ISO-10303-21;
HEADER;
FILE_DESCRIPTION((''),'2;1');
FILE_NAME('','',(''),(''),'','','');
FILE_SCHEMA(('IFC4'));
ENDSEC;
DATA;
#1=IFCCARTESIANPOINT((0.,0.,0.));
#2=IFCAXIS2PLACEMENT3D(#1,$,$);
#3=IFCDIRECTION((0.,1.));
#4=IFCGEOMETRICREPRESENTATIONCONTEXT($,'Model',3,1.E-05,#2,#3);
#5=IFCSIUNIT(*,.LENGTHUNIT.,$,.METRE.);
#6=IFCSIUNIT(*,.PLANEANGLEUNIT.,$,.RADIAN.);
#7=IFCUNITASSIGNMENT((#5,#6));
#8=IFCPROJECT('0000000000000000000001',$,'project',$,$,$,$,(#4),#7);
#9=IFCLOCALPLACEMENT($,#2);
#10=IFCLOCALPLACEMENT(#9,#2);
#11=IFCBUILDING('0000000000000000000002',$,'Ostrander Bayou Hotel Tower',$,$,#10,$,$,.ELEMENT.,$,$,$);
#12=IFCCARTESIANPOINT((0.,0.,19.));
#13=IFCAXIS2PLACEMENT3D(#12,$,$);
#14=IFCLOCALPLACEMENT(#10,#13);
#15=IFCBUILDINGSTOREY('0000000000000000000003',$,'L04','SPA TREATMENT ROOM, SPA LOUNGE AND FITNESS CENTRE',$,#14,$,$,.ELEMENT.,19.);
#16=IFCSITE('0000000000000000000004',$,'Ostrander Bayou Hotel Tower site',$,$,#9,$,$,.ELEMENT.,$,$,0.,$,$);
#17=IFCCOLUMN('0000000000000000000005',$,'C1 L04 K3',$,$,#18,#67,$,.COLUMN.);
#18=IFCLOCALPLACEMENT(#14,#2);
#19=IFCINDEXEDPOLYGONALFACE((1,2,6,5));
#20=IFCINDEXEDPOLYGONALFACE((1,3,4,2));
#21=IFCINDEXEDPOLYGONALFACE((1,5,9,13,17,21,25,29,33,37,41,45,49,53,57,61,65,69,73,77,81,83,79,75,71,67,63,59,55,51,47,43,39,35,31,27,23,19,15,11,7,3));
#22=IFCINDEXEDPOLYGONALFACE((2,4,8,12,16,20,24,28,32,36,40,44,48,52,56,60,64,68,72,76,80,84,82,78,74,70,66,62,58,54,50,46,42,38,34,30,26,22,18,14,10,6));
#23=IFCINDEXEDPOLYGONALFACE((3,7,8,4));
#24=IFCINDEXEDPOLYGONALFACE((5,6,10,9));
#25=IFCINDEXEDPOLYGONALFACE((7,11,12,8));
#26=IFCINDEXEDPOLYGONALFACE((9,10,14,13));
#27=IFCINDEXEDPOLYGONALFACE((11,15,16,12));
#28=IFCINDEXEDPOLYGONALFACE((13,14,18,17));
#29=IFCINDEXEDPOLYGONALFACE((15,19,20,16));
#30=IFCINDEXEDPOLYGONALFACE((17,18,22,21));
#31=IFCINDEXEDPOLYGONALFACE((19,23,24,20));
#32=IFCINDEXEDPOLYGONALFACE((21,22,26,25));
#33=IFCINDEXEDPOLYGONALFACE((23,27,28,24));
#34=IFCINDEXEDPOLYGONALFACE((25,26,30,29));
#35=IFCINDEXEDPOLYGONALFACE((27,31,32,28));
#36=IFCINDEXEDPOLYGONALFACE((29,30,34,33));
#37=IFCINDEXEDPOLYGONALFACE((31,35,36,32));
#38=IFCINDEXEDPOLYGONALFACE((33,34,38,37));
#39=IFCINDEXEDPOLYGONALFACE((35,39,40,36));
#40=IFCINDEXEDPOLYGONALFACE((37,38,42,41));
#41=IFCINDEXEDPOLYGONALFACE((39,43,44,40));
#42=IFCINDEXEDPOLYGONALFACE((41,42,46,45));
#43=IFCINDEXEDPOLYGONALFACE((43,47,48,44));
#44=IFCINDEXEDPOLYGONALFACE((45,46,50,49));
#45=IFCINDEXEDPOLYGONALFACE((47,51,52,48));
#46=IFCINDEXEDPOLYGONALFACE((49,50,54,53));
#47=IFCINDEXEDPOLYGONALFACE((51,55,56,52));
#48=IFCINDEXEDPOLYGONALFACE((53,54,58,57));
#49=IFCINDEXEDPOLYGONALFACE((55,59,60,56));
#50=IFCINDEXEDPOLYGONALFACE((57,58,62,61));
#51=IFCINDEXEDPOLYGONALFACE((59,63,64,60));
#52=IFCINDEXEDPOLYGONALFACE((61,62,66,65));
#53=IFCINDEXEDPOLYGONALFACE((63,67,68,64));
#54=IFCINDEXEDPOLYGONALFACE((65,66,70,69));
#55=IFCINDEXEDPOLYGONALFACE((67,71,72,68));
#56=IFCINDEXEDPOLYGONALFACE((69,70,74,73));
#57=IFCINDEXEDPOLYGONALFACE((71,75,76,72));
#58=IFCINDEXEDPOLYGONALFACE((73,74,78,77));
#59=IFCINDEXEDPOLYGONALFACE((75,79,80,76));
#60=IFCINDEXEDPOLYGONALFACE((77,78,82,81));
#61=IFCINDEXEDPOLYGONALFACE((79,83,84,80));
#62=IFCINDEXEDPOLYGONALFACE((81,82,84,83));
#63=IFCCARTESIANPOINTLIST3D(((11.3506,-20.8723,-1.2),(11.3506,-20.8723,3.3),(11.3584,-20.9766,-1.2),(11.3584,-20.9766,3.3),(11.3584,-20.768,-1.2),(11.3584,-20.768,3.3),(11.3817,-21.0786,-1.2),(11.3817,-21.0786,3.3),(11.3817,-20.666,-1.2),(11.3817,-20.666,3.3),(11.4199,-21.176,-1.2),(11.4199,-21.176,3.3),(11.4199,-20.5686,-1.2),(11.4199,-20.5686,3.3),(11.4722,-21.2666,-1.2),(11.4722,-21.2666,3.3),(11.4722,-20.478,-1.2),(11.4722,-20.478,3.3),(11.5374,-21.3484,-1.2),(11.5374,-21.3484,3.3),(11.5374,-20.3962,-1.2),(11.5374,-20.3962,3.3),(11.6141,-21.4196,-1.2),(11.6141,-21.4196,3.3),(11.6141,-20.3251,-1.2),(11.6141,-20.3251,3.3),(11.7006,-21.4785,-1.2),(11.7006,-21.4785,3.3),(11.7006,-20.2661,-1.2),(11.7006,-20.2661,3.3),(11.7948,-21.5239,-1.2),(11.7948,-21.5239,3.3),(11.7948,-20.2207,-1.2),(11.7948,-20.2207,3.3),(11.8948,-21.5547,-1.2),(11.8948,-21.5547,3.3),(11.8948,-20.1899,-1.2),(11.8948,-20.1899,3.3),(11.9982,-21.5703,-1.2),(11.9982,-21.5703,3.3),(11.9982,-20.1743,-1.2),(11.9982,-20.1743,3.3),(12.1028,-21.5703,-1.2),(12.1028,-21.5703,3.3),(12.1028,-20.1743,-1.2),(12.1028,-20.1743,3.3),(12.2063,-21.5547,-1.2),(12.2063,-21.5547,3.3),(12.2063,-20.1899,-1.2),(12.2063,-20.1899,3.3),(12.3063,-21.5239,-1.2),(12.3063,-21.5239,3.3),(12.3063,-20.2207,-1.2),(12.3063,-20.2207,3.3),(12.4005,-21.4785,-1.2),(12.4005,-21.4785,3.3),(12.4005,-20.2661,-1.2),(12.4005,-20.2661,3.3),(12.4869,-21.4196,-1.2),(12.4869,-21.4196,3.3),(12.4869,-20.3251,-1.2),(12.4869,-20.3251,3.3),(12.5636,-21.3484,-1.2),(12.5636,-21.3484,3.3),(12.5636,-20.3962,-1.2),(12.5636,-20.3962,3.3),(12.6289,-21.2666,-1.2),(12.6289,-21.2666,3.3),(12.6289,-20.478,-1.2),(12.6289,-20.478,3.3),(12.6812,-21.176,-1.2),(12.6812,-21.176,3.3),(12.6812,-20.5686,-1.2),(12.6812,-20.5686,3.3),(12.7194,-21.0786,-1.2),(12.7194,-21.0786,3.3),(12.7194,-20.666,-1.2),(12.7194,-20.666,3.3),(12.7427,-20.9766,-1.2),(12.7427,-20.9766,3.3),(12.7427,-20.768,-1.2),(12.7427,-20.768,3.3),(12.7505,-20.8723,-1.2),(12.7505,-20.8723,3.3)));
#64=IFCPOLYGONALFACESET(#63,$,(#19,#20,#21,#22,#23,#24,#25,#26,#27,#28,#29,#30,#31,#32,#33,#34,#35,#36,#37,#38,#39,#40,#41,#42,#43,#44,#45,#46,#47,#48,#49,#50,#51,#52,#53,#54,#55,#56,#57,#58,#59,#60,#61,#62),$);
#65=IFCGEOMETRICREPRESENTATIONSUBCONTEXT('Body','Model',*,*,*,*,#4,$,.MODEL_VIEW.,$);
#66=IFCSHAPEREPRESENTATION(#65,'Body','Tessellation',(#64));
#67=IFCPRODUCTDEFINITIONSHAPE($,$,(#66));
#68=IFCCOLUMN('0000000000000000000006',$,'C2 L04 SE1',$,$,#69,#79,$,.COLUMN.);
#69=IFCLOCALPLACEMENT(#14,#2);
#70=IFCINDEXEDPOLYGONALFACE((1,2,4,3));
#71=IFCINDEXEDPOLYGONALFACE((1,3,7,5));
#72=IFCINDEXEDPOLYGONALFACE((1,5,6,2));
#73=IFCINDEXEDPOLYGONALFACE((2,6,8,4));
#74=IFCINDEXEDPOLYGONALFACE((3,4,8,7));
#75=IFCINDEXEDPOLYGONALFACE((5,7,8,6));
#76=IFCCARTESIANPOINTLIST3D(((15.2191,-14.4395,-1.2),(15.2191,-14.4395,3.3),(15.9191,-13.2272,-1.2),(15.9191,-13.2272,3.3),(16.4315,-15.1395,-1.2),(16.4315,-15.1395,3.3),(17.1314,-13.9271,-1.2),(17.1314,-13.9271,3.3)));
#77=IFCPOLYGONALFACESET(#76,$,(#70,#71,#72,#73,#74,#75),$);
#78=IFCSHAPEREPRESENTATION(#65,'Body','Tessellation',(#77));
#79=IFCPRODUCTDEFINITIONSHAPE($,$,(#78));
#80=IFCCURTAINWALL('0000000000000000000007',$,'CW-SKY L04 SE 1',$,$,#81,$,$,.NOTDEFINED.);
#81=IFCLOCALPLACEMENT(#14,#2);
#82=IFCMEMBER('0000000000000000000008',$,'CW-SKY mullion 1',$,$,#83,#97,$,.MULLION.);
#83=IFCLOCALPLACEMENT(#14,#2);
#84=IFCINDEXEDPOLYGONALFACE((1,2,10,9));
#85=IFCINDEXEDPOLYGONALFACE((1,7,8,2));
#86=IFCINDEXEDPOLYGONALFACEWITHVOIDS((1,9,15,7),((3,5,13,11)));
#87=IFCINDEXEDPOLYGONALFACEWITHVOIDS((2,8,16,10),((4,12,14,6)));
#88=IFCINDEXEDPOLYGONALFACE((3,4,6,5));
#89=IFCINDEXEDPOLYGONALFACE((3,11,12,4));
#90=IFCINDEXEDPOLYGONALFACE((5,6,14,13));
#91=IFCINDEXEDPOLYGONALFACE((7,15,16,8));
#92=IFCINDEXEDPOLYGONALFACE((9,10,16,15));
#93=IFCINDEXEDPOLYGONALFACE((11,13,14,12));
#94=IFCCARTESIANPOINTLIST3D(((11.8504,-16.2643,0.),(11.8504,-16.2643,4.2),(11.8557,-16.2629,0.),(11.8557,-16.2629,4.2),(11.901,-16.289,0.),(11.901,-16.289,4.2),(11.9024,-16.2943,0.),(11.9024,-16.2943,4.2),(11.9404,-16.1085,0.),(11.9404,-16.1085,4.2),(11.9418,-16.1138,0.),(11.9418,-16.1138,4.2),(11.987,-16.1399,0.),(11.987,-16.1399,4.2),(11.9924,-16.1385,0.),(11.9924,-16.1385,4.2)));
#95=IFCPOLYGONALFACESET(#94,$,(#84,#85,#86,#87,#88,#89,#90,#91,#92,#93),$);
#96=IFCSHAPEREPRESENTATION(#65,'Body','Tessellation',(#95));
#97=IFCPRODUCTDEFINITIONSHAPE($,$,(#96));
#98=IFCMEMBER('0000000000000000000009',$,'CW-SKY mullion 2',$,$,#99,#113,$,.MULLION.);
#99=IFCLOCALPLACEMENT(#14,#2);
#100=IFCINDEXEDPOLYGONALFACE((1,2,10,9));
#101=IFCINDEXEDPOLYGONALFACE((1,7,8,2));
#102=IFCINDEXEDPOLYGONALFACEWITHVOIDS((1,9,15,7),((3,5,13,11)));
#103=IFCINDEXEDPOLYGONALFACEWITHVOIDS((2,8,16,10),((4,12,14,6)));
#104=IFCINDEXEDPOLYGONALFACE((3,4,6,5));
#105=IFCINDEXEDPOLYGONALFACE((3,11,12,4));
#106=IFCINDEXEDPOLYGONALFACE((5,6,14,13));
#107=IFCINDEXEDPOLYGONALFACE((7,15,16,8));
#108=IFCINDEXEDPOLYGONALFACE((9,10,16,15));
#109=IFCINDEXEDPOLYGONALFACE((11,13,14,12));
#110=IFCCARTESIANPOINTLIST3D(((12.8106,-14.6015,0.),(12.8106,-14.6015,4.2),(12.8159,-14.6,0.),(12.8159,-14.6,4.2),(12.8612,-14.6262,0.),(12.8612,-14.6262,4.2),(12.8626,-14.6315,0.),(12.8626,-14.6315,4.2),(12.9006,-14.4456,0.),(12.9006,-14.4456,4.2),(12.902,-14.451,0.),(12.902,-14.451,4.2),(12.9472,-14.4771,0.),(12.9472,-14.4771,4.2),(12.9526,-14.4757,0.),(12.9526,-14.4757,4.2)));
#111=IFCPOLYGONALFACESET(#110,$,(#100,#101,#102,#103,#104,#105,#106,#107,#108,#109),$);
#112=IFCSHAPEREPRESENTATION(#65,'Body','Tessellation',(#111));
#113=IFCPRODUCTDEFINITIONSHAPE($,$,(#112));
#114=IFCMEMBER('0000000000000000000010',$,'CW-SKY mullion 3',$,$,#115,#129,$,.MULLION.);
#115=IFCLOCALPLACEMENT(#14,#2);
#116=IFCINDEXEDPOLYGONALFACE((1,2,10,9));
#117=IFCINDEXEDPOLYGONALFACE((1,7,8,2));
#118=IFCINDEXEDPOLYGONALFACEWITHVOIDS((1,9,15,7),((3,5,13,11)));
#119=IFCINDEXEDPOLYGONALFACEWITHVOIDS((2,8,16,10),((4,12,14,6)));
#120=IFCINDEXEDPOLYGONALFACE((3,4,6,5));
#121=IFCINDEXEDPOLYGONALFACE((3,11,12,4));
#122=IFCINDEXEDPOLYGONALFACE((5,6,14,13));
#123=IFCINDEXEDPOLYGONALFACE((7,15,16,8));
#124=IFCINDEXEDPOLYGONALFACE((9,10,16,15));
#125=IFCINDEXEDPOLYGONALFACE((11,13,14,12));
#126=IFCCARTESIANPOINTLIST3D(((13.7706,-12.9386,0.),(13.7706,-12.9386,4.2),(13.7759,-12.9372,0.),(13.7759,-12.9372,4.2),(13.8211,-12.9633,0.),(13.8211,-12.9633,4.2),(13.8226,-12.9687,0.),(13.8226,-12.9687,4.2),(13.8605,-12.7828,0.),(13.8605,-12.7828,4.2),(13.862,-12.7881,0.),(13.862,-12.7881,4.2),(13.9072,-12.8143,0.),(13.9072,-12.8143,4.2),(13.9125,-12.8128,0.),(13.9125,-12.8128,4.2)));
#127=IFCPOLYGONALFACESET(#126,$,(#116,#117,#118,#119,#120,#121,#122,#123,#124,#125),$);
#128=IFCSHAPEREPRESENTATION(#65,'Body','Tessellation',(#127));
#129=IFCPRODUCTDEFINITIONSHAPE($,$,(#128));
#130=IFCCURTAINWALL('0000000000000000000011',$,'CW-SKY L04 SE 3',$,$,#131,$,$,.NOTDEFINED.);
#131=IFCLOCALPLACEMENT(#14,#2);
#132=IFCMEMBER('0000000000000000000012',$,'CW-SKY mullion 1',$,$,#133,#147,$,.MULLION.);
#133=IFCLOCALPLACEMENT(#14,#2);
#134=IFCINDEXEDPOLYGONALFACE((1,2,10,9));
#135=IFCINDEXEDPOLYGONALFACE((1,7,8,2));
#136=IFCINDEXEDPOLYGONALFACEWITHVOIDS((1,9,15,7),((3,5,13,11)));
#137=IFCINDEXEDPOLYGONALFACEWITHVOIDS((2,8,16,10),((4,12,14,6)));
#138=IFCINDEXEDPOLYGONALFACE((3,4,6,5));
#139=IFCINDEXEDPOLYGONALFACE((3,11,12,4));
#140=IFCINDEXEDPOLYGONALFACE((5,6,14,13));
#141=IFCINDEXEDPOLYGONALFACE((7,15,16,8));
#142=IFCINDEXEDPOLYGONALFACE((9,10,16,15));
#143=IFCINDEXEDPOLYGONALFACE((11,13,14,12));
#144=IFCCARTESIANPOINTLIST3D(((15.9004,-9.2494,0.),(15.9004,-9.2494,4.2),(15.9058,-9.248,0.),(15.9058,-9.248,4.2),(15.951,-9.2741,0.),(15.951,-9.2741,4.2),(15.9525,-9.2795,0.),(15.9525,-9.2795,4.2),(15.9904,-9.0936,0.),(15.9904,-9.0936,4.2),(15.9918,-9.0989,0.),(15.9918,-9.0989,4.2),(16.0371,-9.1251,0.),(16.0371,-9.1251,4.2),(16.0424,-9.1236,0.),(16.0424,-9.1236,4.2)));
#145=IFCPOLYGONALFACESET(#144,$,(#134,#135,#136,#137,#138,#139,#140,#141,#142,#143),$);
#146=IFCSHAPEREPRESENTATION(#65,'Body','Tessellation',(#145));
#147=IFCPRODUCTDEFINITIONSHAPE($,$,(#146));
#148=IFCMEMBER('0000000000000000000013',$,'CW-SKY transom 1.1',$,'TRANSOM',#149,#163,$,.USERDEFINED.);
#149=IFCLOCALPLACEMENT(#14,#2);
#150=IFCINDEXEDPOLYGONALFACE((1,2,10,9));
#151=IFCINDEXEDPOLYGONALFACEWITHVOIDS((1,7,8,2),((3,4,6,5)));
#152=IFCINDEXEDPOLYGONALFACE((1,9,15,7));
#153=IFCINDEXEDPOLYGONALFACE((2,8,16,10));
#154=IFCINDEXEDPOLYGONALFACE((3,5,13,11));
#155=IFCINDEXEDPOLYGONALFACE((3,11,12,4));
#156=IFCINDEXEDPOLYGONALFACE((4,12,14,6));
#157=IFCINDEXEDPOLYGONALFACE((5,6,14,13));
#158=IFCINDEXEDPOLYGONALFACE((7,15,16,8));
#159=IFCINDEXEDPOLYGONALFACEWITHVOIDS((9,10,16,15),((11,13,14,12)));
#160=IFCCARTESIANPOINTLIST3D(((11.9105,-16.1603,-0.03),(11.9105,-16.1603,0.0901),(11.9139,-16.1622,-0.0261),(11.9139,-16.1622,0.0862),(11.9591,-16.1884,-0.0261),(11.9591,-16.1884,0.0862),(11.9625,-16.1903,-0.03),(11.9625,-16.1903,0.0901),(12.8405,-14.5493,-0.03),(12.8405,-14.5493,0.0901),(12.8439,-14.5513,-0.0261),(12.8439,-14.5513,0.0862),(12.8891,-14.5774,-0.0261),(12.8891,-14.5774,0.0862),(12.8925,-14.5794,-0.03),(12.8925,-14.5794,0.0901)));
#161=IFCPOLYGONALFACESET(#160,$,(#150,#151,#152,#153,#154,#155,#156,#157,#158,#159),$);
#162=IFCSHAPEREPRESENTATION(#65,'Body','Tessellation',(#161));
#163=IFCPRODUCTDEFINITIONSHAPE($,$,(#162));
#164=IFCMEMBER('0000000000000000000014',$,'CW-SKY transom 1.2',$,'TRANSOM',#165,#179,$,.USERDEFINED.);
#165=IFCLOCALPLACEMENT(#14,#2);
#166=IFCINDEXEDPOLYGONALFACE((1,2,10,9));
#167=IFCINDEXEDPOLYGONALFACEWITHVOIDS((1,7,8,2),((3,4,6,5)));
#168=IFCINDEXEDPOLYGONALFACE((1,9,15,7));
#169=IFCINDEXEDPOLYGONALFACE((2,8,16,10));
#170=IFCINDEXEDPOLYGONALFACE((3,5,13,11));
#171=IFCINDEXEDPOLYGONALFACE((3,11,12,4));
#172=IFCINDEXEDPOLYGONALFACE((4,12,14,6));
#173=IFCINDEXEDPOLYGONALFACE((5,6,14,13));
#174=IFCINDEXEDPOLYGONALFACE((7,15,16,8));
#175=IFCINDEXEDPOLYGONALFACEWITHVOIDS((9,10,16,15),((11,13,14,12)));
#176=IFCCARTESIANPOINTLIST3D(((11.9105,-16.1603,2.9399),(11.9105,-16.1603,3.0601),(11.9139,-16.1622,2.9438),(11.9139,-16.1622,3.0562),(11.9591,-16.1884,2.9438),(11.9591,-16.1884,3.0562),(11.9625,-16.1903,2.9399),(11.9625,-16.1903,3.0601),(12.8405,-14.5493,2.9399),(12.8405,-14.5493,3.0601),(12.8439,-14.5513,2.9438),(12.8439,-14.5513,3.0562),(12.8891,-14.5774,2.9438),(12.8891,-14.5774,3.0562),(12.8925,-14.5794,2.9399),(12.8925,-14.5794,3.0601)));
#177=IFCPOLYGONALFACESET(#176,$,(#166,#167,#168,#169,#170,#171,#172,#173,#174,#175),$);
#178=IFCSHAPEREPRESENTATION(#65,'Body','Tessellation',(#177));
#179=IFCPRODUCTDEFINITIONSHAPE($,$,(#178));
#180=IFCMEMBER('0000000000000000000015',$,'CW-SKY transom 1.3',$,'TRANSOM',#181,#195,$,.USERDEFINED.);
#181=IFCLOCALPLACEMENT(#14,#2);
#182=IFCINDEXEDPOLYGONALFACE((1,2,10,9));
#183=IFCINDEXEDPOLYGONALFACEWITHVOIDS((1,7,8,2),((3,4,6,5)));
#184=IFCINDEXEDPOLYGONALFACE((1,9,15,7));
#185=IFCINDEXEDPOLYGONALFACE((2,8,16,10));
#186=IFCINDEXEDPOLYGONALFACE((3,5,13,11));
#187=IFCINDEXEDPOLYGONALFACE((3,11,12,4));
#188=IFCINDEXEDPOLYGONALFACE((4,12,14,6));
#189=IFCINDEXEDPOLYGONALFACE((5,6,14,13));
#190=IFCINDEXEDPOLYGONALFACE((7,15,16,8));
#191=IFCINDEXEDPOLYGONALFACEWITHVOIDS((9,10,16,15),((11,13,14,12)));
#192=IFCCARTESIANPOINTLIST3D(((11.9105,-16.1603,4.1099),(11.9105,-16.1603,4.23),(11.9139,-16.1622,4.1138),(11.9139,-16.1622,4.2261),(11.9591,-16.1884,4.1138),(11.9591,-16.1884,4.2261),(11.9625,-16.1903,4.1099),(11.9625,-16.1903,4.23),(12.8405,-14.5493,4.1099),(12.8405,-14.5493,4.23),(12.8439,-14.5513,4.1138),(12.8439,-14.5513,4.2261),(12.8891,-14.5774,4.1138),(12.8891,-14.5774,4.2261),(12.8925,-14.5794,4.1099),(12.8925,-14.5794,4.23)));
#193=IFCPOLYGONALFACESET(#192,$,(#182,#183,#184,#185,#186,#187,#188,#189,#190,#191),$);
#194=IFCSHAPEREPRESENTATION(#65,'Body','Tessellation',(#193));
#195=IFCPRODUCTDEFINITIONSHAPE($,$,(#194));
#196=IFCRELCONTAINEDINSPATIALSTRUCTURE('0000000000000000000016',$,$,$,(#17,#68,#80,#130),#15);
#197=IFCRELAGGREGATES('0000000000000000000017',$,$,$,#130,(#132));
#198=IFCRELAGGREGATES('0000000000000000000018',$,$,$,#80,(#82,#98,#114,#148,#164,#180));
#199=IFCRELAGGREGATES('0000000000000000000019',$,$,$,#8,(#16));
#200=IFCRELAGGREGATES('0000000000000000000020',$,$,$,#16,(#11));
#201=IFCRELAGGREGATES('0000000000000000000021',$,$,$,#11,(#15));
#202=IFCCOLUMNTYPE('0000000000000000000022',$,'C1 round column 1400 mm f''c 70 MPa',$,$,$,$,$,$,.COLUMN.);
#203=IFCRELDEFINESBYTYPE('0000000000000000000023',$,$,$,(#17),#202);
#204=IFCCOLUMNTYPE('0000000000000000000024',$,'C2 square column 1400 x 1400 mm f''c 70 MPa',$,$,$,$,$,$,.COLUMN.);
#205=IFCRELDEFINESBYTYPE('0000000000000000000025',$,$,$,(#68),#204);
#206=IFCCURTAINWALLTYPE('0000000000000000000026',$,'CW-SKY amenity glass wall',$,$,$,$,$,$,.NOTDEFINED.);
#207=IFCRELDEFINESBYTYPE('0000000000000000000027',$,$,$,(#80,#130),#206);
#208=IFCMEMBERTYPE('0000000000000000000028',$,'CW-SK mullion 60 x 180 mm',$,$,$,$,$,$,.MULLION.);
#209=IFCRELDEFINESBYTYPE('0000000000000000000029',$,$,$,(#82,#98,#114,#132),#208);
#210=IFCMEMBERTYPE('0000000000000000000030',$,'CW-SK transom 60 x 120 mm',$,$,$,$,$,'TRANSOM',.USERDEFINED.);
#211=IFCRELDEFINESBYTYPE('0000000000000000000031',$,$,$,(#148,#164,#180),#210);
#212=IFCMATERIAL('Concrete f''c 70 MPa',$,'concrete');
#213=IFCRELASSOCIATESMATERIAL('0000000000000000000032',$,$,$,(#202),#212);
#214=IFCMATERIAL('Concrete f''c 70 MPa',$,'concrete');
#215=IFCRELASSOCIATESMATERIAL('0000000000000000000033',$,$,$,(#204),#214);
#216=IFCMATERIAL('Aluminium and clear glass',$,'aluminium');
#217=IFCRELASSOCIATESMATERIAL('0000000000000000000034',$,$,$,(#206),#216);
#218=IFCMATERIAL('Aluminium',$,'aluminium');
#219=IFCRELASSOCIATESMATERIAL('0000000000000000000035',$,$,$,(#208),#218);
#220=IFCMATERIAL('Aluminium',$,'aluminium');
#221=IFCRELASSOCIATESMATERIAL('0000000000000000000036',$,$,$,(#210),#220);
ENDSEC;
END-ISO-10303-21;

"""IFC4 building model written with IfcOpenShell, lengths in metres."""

from ifc_helpers import new_model, si_unit, direction, frame, origin, origin_2d, place, context, subcontext, project, spatial, rectangle, hollow_rectangle, circle, extrude, material, material_profile, profile_set, type_object, element, aggregate, save


model = new_model("IFC4")

# Units and contexts
model_context = context("Model", 3, precision=1e-05, world=origin(), true_north=direction((0.0, 1.0)))
body_context = subcontext(model_context, "Body", "Model", "MODEL_VIEW")
ifc_project = project(units=[si_unit("LENGTHUNIT", "METRE"), si_unit("PLANEANGLEUNIT", "RADIAN")], contexts=[model_context])

# Site, building, storey
site_placement = place(None, origin())
site = spatial("IfcSite", under=ifc_project, at=site_placement, Name="Ostrander Bayou Hotel Tower site", CompositionType="ELEMENT", RefElevation=0.0)
building_placement = place(site_placement, origin())
building = spatial("IfcBuilding", under=site, at=building_placement, Name="Ostrander Bayou Hotel Tower", CompositionType="ELEMENT")
storey_placement = place(building_placement, frame((0.0, 0.0, 19.0)))
storey = spatial("IfcBuildingStorey", under=building, at=storey_placement, Name="L04", Description="SPA TREATMENT ROOM, SPA LOUNGE AND FITNESS CENTRE", CompositionType="ELEMENT", Elevation=19.0)

# Columns
ifc_material_1 = material(Name="Concrete f'c 70 MPa", Category="concrete")
ifc_material_profile_1 = material_profile(ifc_material_1, circle(Radius=0.7, at=origin_2d()))
ifc_profile_set_1 = profile_set([ifc_material_profile_1], Name="Concrete f'c 70 MPa")
column_type_1 = type_object("IfcColumnType", Name="C1 round column 1400 mm f'c 70 MPa", PredefinedType="COLUMN", material=ifc_profile_set_1)
column_1_placement = place(storey_placement, frame((12.0505, -20.8723, -1.2), z_axis=(0.0, 0.0, 1.0), x_axis=(1.0, 0.0, 0.0)))
element("IfcColumn", 1, at=column_1_placement, inside=storey, type_object=column_type_1, Name="C1 L04 K3", PredefinedType="COLUMN", context=body_context, shape_type="SweptSolid", body=[
    extrude(circle(Radius=0.7, at=origin_2d()), origin(), (0.0, 0.0, 1.0), 4.5),
])
ifc_material_2 = material(Name="Concrete f'c 70 MPa", Category="concrete")
ifc_material_profile_2 = material_profile(ifc_material_2, rectangle(XDim=1.3999, YDim=1.3999, at=origin_2d()))
ifc_profile_set_2 = profile_set([ifc_material_profile_2], Name="Concrete f'c 70 MPa")
column_type_2 = type_object("IfcColumnType", Name="C2 square column 1400 x 1400 mm f'c 70 MPa", PredefinedType="COLUMN", material=ifc_profile_set_2)
column_2_placement = place(storey_placement, frame((16.1753, -14.1833, -1.2), z_axis=(0.0, 0.0, 1.0), x_axis=(-0.5, -0.866025, 0.0)))
element("IfcColumn", 2, at=column_2_placement, inside=storey, type_object=column_type_2, Name="C2 L04 SE1", PredefinedType="COLUMN", context=body_context, shape_type="SweptSolid", body=[
    extrude(rectangle(XDim=1.3999, YDim=1.3999, at=origin_2d()), origin(), (0.0, 0.0, 1.0), 4.5),
])

# Curtain wall, members
ifc_material_3 = material(Name="Aluminium and clear glass", Category="aluminium")
curtain_wall_type = type_object("IfcCurtainWallType", Name="CW-SKY amenity glass wall", PredefinedType="NOTDEFINED", material=ifc_material_3)
curtain_wall_1_placement = place(storey_placement, origin())
curtain_wall_1 = element("IfcCurtainWall", 3, at=curtain_wall_1_placement, inside=storey, type_object=curtain_wall_type, Name="CW-SKY L04 SE 1", PredefinedType="NOTDEFINED")
ifc_material_4 = material(Name="Aluminium", Category="aluminium")
ifc_material_profile_3 = material_profile(ifc_material_4, hollow_rectangle(XDim=0.0601, YDim=0.1799, WallThickness=0.0039, at=origin_2d()))
ifc_profile_set_3 = profile_set([ifc_material_profile_3], Name="Aluminium")
member_type_1 = type_object("IfcMemberType", Name="CW-SK mullion 60 x 180 mm", PredefinedType="MULLION", material=ifc_profile_set_3)
member_1_placement = place(storey_placement, frame((11.9214, -16.2014, 0.0), z_axis=(0.0, 0.0, 1.0), x_axis=(-0.866025, 0.5, 0.0)))
member_1 = element("IfcMember", 4, at=member_1_placement, type_object=member_type_1, Name="CW-SKY mullion 1", PredefinedType="MULLION", context=body_context, shape_type="SweptSolid", body=[
    extrude(hollow_rectangle(XDim=0.0601, YDim=0.1799, WallThickness=0.0039, at=origin_2d()), origin(), (0.0, 0.0, 1.0), 4.2),
])
member_2_placement = place(storey_placement, frame((12.8816, -14.5386, 0.0), z_axis=(0.0, 0.0, 1.0), x_axis=(-0.866025, 0.5, 0.0)))
member_2 = element("IfcMember", 5, at=member_2_placement, type_object=member_type_1, Name="CW-SKY mullion 2", PredefinedType="MULLION", context=body_context, shape_type="SweptSolid", body=[
    extrude(hollow_rectangle(XDim=0.0601, YDim=0.1799, WallThickness=0.0039, at=origin_2d()), origin(), (0.0, 0.0, 1.0), 4.2),
])
member_3_placement = place(storey_placement, frame((13.8416, -12.8757, 0.0), z_axis=(0.0, 0.0, 1.0), x_axis=(-0.866025, 0.5, 0.0)))
member_3 = element("IfcMember", 6, at=member_3_placement, type_object=member_type_1, Name="CW-SKY mullion 3", PredefinedType="MULLION", context=body_context, shape_type="SweptSolid", body=[
    extrude(hollow_rectangle(XDim=0.0601, YDim=0.1799, WallThickness=0.0039, at=origin_2d()), origin(), (0.0, 0.0, 1.0), 4.2),
])

# Curtain wall, member
curtain_wall_2_placement = place(storey_placement, origin())
curtain_wall_2 = element("IfcCurtainWall", 7, at=curtain_wall_2_placement, inside=storey, type_object=curtain_wall_type, Name="CW-SKY L04 SE 3", PredefinedType="NOTDEFINED")
member_4_placement = place(storey_placement, frame((15.9714, -9.1865, 0.0), z_axis=(0.0, 0.0, 1.0), x_axis=(-0.866025, 0.5, 0.0)))
member_4 = element("IfcMember", 8, at=member_4_placement, type_object=member_type_1, Name="CW-SKY mullion 1", PredefinedType="MULLION", context=body_context, shape_type="SweptSolid", body=[
    extrude(hollow_rectangle(XDim=0.0601, YDim=0.1799, WallThickness=0.0039, at=origin_2d()), origin(), (0.0, 0.0, 1.0), 4.2),
])

# Members
ifc_material_5 = material(Name="Aluminium", Category="aluminium")
ifc_material_profile_4 = material_profile(ifc_material_5, hollow_rectangle(XDim=0.0601, YDim=0.1201, WallThickness=0.0039, at=origin_2d()))
ifc_profile_set_4 = profile_set([ifc_material_profile_4], Name="Aluminium")
member_type_2 = type_object("IfcMemberType", Name="CW-SK transom 60 x 120 mm", ElementType="TRANSOM", PredefinedType="USERDEFINED", material=ifc_profile_set_4)
member_5_placement = place(storey_placement, frame((11.9365, -16.1753, 0.03), z_axis=(0.499965, 0.866046, 0.0), x_axis=(-0.866046, 0.499965, 0.0)))
member_5 = element("IfcMember", 9, at=member_5_placement, type_object=member_type_2, Name="CW-SKY transom 1.1", ObjectType="TRANSOM", PredefinedType="USERDEFINED", context=body_context, shape_type="SweptSolid", body=[
    extrude(hollow_rectangle(XDim=0.0601, YDim=0.1201, WallThickness=0.0039, at=origin_2d()), origin(), (0.0, 0.0, 1.0), 1.8601),
])
member_6_placement = place(storey_placement, frame((11.9365, -16.1753, 3.0), z_axis=(0.499965, 0.866046, 0.0), x_axis=(-0.866046, 0.499965, 0.0)))
member_6 = element("IfcMember", 10, at=member_6_placement, type_object=member_type_2, Name="CW-SKY transom 1.2", ObjectType="TRANSOM", PredefinedType="USERDEFINED", context=body_context, shape_type="SweptSolid", body=[
    extrude(hollow_rectangle(XDim=0.0601, YDim=0.1201, WallThickness=0.0039, at=origin_2d()), origin(), (0.0, 0.0, 1.0), 1.8601),
])
member_7_placement = place(storey_placement, frame((11.9365, -16.1753, 4.1699), z_axis=(0.499965, 0.866046, 0.0), x_axis=(-0.866046, 0.499965, 0.0)))
member_7 = element("IfcMember", 11, at=member_7_placement, type_object=member_type_2, Name="CW-SKY transom 1.3", ObjectType="TRANSOM", PredefinedType="USERDEFINED", context=body_context, shape_type="SweptSolid", body=[
    extrude(hollow_rectangle(XDim=0.0601, YDim=0.1201, WallThickness=0.0039, at=origin_2d()), origin(), (0.0, 0.0, 1.0), 1.8601),
])
aggregate(curtain_wall_2, [member_4])

aggregate(curtain_wall_1, [member_1, member_2, member_3, member_5, member_6, member_7])

save(model, "model.ifc")
